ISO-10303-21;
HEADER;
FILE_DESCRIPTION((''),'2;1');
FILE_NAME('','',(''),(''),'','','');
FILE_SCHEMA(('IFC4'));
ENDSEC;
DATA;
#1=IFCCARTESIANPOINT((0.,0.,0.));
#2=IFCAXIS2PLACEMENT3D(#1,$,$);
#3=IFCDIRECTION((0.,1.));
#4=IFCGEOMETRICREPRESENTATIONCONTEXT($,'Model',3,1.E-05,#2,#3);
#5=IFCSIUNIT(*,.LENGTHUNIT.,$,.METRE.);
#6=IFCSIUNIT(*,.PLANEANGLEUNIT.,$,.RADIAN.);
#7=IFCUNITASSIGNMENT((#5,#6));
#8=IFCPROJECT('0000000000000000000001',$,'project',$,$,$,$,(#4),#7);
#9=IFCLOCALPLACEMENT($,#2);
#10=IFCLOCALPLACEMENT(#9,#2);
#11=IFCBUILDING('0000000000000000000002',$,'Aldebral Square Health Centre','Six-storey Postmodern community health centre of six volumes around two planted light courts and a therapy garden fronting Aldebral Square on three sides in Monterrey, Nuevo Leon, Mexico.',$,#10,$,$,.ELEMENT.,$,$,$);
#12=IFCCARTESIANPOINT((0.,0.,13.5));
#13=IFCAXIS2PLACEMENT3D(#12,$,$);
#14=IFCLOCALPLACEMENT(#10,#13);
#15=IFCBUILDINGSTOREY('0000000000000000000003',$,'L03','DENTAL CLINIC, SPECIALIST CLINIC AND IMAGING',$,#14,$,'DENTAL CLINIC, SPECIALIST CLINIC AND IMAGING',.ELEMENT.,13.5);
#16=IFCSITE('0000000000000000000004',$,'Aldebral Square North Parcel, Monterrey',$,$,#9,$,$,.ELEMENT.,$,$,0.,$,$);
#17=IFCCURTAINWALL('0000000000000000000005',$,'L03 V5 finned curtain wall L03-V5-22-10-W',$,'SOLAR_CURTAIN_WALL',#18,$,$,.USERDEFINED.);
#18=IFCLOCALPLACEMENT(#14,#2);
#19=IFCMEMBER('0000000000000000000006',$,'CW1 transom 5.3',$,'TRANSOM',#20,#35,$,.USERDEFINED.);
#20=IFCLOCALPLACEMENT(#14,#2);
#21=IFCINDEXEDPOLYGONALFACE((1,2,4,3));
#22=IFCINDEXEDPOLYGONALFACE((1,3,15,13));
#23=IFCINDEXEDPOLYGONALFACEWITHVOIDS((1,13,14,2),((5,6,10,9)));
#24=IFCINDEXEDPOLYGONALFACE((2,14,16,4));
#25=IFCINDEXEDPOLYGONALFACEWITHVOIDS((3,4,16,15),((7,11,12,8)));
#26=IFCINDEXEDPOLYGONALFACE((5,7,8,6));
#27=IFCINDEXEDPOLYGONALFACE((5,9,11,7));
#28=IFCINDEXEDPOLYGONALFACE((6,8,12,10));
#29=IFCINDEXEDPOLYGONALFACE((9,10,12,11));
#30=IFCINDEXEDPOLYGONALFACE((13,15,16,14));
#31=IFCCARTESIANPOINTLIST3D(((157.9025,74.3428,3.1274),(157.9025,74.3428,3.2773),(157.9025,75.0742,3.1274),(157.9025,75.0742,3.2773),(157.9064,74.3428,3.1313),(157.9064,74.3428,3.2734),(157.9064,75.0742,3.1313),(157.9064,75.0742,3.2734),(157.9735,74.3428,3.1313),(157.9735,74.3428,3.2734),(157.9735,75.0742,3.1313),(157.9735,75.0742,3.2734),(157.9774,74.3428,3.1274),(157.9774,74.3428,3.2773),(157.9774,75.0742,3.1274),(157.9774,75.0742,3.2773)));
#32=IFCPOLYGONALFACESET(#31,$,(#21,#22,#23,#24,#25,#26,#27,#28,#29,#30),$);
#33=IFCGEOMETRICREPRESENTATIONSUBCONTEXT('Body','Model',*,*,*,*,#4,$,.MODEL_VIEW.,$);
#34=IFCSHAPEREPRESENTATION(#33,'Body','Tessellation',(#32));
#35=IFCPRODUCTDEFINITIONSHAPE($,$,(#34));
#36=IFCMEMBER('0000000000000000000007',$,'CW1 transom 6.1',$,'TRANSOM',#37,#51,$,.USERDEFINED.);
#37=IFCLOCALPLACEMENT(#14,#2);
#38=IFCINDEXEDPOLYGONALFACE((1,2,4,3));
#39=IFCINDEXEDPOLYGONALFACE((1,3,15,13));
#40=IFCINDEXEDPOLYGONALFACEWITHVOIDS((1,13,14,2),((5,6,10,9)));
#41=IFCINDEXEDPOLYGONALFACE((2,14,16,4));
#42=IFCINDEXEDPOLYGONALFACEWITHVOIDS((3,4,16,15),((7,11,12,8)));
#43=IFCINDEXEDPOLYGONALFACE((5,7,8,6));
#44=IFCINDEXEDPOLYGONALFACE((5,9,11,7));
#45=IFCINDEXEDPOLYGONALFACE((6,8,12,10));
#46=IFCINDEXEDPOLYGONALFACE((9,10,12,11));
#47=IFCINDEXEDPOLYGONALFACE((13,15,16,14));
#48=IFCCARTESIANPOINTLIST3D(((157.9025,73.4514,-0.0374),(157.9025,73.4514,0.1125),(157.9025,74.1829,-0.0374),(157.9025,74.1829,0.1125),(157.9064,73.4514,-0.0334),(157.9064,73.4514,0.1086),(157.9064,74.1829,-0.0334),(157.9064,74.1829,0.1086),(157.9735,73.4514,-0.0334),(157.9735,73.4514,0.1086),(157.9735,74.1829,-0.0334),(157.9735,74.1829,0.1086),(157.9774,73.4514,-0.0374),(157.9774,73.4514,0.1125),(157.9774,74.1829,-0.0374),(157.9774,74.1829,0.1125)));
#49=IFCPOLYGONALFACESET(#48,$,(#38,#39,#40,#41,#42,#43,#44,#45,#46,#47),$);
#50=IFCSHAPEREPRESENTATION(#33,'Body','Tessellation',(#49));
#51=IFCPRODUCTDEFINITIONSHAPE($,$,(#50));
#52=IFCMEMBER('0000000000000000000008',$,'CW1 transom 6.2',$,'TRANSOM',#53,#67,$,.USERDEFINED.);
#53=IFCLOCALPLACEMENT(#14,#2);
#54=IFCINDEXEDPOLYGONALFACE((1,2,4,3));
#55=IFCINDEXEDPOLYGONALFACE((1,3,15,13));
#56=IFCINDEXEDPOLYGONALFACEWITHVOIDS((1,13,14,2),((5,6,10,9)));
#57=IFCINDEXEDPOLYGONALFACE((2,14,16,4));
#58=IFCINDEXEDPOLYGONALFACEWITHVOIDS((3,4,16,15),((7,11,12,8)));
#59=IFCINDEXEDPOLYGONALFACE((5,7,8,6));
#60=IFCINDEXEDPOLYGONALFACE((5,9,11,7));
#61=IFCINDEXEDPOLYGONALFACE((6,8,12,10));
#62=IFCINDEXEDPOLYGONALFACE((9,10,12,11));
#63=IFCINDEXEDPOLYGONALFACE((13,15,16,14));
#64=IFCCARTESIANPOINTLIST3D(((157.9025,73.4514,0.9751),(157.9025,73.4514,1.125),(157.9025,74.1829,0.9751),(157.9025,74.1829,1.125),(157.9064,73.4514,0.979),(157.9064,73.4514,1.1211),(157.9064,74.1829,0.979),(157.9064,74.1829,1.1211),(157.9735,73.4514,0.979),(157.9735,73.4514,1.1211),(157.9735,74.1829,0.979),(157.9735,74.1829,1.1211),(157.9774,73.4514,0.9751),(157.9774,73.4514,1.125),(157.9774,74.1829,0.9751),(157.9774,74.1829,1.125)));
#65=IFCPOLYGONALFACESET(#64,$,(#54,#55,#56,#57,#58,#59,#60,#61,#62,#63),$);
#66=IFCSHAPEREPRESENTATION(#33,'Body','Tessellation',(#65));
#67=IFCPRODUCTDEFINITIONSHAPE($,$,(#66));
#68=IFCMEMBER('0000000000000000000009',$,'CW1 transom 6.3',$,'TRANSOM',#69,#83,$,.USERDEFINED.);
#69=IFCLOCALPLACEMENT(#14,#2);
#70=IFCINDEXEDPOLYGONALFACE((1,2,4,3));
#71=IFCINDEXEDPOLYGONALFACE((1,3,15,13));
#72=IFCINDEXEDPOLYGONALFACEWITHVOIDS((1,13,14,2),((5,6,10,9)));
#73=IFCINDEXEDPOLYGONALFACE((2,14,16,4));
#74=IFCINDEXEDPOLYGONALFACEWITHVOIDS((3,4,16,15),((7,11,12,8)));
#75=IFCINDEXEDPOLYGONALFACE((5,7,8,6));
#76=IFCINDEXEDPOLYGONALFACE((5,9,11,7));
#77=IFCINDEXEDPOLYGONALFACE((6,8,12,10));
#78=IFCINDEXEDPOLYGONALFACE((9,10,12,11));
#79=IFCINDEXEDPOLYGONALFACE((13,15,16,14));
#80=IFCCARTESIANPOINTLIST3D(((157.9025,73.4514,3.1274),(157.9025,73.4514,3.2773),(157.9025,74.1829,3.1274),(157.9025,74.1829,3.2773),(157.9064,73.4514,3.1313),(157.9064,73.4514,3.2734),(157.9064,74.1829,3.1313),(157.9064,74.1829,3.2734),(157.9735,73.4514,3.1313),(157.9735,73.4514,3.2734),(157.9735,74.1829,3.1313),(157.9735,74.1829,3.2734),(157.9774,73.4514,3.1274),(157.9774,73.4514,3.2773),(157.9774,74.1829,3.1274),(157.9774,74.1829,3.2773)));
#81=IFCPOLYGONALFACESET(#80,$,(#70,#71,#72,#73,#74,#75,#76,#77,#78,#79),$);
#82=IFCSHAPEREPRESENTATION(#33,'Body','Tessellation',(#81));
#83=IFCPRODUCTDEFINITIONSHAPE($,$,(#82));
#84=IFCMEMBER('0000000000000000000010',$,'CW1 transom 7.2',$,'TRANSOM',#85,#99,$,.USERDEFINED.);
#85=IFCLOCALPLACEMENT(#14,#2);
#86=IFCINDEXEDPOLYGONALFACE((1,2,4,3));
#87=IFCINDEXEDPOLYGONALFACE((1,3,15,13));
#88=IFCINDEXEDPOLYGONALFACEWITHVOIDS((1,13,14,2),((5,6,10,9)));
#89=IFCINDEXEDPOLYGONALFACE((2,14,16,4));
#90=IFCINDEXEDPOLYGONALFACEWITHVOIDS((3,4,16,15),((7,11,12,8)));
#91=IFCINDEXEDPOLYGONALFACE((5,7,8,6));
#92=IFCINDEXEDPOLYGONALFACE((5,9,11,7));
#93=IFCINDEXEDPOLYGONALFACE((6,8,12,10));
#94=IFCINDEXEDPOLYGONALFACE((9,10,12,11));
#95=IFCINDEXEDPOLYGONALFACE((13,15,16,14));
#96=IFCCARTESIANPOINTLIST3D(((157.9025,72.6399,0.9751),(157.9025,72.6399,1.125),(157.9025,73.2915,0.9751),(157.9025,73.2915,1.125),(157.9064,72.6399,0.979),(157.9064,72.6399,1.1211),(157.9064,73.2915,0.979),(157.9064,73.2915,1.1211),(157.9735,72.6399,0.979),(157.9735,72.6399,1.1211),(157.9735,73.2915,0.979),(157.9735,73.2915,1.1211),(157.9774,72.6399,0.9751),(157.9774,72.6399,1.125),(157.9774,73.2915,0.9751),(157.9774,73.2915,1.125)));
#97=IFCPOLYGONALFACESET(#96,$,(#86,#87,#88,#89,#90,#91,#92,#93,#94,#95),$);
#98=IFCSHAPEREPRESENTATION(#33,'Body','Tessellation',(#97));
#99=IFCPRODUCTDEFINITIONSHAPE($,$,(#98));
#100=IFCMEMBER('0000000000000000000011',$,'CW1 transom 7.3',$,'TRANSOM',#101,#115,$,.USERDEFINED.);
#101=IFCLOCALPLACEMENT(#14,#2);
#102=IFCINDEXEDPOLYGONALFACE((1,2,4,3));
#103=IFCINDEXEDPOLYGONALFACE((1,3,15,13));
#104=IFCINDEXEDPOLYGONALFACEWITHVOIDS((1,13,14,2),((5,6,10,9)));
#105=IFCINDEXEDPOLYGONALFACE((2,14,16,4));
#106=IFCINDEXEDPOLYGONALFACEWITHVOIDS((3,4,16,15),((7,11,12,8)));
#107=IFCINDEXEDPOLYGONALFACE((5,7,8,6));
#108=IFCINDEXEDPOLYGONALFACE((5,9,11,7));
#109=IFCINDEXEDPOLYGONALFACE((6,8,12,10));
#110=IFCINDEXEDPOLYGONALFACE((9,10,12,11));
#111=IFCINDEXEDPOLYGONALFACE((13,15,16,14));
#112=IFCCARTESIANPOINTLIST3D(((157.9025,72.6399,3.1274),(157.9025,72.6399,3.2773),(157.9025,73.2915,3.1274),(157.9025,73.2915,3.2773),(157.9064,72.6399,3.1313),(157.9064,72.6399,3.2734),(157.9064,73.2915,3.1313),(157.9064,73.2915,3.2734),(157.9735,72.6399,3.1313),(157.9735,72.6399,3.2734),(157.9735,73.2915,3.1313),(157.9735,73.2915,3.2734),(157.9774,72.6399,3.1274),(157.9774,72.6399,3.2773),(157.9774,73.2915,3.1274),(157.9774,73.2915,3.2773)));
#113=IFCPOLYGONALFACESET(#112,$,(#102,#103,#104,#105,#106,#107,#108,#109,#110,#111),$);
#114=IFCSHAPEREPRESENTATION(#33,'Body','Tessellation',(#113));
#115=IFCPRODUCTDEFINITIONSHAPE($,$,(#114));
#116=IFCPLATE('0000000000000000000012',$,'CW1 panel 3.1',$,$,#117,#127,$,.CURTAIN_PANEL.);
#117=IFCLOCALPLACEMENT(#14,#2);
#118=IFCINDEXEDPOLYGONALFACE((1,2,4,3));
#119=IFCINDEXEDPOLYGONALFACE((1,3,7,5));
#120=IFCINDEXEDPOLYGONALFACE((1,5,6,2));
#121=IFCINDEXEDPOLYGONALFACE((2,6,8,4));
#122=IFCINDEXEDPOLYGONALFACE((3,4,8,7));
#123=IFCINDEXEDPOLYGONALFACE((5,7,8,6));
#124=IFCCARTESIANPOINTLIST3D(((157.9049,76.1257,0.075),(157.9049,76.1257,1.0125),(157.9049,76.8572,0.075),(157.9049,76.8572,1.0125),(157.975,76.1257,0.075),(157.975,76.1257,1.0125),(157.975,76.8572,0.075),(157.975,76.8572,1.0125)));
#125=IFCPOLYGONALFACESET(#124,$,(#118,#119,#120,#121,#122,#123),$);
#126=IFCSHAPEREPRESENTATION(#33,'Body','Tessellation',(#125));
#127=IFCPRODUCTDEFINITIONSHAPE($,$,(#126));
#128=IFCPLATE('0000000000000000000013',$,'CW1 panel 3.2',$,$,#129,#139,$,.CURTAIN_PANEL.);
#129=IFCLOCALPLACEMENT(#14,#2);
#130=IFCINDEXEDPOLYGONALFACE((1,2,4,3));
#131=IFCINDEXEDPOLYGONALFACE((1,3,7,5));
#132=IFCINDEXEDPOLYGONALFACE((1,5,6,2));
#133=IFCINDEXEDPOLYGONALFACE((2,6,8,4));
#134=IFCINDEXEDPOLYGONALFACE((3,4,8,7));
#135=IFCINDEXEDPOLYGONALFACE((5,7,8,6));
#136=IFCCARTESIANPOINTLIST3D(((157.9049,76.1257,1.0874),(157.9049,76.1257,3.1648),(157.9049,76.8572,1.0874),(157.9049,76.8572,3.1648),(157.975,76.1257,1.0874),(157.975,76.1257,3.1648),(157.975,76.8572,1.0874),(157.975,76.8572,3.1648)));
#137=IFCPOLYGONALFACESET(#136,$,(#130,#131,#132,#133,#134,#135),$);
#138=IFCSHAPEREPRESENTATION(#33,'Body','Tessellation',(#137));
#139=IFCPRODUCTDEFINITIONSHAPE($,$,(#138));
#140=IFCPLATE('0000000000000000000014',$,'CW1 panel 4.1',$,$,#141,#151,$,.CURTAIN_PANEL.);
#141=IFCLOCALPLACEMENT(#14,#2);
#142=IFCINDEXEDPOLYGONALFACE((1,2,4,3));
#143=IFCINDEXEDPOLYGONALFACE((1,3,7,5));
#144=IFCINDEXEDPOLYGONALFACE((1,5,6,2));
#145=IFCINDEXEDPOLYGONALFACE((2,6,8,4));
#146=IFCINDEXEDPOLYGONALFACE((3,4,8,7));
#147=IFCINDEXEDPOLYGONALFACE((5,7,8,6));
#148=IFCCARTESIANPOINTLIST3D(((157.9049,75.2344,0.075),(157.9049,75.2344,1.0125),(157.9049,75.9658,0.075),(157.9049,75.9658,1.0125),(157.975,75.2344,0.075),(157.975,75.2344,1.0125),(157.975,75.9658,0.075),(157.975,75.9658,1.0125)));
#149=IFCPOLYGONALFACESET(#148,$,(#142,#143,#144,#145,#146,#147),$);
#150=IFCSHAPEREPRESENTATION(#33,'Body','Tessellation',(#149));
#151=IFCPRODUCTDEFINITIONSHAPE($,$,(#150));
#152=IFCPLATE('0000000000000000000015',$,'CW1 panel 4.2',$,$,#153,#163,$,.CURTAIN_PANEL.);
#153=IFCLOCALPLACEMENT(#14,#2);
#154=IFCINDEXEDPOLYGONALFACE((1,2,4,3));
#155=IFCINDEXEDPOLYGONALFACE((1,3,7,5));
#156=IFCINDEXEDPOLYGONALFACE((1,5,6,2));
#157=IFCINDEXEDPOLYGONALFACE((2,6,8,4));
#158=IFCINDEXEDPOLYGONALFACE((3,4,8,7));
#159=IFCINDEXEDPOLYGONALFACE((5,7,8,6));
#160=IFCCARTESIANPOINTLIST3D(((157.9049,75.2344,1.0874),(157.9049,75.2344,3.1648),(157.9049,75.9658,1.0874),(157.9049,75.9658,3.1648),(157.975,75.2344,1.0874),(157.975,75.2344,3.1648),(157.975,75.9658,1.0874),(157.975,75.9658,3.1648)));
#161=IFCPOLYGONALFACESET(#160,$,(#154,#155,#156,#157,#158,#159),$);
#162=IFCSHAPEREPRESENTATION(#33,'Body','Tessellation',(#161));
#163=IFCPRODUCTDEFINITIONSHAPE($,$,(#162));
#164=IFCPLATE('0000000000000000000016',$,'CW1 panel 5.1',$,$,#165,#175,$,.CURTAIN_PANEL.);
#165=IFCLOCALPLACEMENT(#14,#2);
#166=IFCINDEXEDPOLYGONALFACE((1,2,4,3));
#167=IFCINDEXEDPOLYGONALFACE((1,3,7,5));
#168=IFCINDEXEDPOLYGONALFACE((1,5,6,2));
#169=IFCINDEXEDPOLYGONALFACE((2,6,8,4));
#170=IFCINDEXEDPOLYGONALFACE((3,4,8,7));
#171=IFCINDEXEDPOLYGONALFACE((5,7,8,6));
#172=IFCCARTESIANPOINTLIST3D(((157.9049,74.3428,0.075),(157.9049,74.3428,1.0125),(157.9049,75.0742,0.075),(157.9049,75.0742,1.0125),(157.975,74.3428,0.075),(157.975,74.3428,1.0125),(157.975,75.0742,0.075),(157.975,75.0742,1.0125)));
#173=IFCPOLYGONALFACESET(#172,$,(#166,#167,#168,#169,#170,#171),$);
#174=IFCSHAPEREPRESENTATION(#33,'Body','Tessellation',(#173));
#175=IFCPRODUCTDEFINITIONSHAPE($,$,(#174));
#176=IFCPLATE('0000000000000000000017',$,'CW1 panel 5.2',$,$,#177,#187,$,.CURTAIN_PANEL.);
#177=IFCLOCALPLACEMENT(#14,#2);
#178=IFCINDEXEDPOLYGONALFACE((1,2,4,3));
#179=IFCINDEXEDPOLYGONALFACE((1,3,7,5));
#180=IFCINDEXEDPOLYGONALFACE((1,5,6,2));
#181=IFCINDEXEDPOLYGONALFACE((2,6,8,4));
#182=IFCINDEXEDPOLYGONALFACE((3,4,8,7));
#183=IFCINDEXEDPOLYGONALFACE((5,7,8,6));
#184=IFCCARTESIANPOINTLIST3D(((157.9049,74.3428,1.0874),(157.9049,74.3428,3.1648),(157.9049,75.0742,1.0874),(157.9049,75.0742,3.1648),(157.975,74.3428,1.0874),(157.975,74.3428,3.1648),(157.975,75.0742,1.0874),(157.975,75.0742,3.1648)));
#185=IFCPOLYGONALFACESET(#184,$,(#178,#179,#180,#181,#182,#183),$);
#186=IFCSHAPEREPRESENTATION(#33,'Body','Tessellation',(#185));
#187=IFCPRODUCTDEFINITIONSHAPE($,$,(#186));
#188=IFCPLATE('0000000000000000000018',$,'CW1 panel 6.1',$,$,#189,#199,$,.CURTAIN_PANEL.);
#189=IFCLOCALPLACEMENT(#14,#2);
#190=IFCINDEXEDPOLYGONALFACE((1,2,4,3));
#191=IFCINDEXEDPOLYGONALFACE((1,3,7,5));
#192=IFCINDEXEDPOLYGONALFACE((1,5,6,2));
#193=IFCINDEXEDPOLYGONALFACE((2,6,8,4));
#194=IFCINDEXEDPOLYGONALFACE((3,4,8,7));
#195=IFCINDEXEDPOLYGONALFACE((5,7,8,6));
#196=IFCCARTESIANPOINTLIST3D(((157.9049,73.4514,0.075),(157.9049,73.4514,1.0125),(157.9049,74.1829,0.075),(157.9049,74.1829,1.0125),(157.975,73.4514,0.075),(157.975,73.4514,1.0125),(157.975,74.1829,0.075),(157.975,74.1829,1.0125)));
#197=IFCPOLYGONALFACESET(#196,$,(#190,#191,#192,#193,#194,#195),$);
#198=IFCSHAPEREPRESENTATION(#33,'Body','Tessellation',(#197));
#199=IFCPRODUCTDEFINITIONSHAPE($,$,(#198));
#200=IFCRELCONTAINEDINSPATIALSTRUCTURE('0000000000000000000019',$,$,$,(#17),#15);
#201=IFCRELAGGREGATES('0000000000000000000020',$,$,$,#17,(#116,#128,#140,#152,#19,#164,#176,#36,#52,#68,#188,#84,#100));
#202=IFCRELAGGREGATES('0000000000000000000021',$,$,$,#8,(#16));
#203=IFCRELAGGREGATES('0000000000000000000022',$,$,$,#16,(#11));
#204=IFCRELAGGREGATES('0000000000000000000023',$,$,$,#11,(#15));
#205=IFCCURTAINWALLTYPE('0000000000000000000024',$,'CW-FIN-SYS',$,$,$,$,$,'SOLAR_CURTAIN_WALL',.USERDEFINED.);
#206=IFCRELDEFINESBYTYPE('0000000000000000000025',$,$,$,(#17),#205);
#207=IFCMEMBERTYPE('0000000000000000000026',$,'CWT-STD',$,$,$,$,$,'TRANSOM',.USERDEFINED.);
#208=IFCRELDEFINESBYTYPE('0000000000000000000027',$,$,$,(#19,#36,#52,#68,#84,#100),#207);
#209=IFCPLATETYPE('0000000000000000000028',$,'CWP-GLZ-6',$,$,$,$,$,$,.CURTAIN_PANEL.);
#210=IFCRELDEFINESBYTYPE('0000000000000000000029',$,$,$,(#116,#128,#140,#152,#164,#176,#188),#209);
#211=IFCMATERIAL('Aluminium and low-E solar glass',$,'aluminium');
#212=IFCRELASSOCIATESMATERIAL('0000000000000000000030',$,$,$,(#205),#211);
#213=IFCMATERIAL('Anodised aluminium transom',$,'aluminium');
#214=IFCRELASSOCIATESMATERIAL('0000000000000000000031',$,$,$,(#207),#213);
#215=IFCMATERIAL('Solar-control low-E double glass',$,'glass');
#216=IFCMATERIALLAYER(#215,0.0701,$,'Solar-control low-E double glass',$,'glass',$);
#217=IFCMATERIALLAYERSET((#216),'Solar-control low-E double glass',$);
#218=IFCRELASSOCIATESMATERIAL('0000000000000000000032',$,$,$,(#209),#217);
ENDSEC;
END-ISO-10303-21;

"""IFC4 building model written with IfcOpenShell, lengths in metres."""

from ifc_helpers import new_model, si_unit, direction, frame, origin, origin_2d, place, context, subcontext, project, spatial, rectangle, hollow_rectangle, extrude, material, layer, layer_set, material_profile, profile_set, type_object, element, aggregate, save


model = new_model("IFC4")

# Units and contexts
model_context = context("Model", 3, precision=1e-05, world=origin(), true_north=direction((0.0, 1.0)))
body_context = subcontext(model_context, "Body", "Model", "MODEL_VIEW")
ifc_project = project(units=[si_unit("LENGTHUNIT", "METRE"), si_unit("PLANEANGLEUNIT", "RADIAN")], contexts=[model_context])

# Site, building, storey
site_placement = place(None, origin())
site = spatial("IfcSite", under=ifc_project, at=site_placement, Name="Aldebral Square North Parcel, Monterrey", CompositionType="ELEMENT", RefElevation=0.0)
building_placement = place(site_placement, origin())
building = spatial("IfcBuilding", under=site, at=building_placement, Name="Aldebral Square Health Centre", Description="Six-storey Postmodern community health centre of six volumes around two planted light courts and a therapy garden fronting Aldebral Square on three sides in Monterrey, Nuevo Leon, Mexico.", CompositionType="ELEMENT")
storey_placement = place(building_placement, frame((0.0, 0.0, 13.5)))
storey = spatial("IfcBuildingStorey", under=building, at=storey_placement, Name="L03", Description="DENTAL CLINIC, SPECIALIST CLINIC AND IMAGING", LongName="DENTAL CLINIC, SPECIALIST CLINIC AND IMAGING", CompositionType="ELEMENT", Elevation=13.5)

# Curtain wall, members, plates
ifc_material_1 = material(Name="Aluminium and low-E solar glass", Category="aluminium")
curtain_wall_type = type_object("IfcCurtainWallType", Name="CW-FIN-SYS", ElementType="SOLAR_CURTAIN_WALL", PredefinedType="USERDEFINED", material=ifc_material_1)
curtain_wall_placement = place(storey_placement, origin())
curtain_wall = element("IfcCurtainWall", 1, at=curtain_wall_placement, inside=storey, type_object=curtain_wall_type, Name="L03 V5 finned curtain wall L03-V5-22-10-W", ObjectType="SOLAR_CURTAIN_WALL", PredefinedType="USERDEFINED")
ifc_material_2 = material(Name="Anodised aluminium transom", Category="aluminium")
ifc_material_profile_1 = material_profile(ifc_material_2, hollow_rectangle(XDim=0.075, YDim=0.1499, WallThickness=0.0039, at=origin_2d()), Name="CWT 75x150x4")
ifc_profile_set_1 = profile_set([ifc_material_profile_1], Name="Anodised aluminium transom")
member_type_1 = type_object("IfcMemberType", Name="CWT-STD", ElementType="TRANSOM", PredefinedType="USERDEFINED", material=ifc_profile_set_1)
member_1_placement = place(storey_placement, frame((157.9399, 75.0742, 3.2024), z_axis=(0.0, -1.0, 0.0), x_axis=(1.0, 0.0, 0.0)))
member_1 = element("IfcMember", 2, at=member_1_placement, type_object=member_type_1, Name="CW1 transom 5.3", ObjectType="TRANSOM", PredefinedType="USERDEFINED", context=body_context, shape_type="SweptSolid", body=[
    extrude(hollow_rectangle(XDim=0.075, YDim=0.1499, WallThickness=0.0039, at=origin_2d()), origin(), (0.0, 0.0, 1.0), 0.7314),
])
member_2_placement = place(storey_placement, frame((157.9399, 74.1829, 0.0376), z_axis=(0.0, -1.0, 0.0), x_axis=(1.0, 0.0, 0.0)))
member_2 = element("IfcMember", 3, at=member_2_placement, type_object=member_type_1, Name="CW1 transom 6.1", ObjectType="TRANSOM", PredefinedType="USERDEFINED", context=body_context, shape_type="SweptSolid", body=[
    extrude(hollow_rectangle(XDim=0.075, YDim=0.1499, WallThickness=0.0039, at=origin_2d()), origin(), (0.0, 0.0, 1.0), 0.7314),
])
member_3_placement = place(storey_placement, frame((157.9399, 74.1829, 1.05), z_axis=(0.0, -1.0, 0.0), x_axis=(1.0, 0.0, 0.0)))
member_3 = element("IfcMember", 4, at=member_3_placement, type_object=member_type_1, Name="CW1 transom 6.2", ObjectType="TRANSOM", PredefinedType="USERDEFINED", context=body_context, shape_type="SweptSolid", body=[
    extrude(hollow_rectangle(XDim=0.075, YDim=0.1499, WallThickness=0.0039, at=origin_2d()), origin(), (0.0, 0.0, 1.0), 0.7314),
])
member_4_placement = place(storey_placement, frame((157.9399, 74.1829, 3.2024), z_axis=(0.0, -1.0, 0.0), x_axis=(1.0, 0.0, 0.0)))
member_4 = element("IfcMember", 5, at=member_4_placement, type_object=member_type_1, Name="CW1 transom 6.3", ObjectType="TRANSOM", PredefinedType="USERDEFINED", context=body_context, shape_type="SweptSolid", body=[
    extrude(hollow_rectangle(XDim=0.075, YDim=0.1499, WallThickness=0.0039, at=origin_2d()), origin(), (0.0, 0.0, 1.0), 0.7314),
])
member_5_placement = place(storey_placement, frame((157.9399, 73.2915, 1.05), z_axis=(0.0, -1.0, 0.0), x_axis=(1.0, 0.0, 0.0)))
member_5 = element("IfcMember", 6, at=member_5_placement, type_object=member_type_1, Name="CW1 transom 7.2", ObjectType="TRANSOM", PredefinedType="USERDEFINED", context=body_context, shape_type="SweptSolid", body=[
    extrude(hollow_rectangle(XDim=0.075, YDim=0.1499, WallThickness=0.0039, at=origin_2d()), origin(), (0.0, 0.0, 1.0), 0.6516),
])
member_6_placement = place(storey_placement, frame((157.9399, 73.2915, 3.2024), z_axis=(0.0, -1.0, 0.0), x_axis=(1.0, 0.0, 0.0)))
member_6 = element("IfcMember", 7, at=member_6_placement, type_object=member_type_1, Name="CW1 transom 7.3", ObjectType="TRANSOM", PredefinedType="USERDEFINED", context=body_context, shape_type="SweptSolid", body=[
    extrude(hollow_rectangle(XDim=0.075, YDim=0.1499, WallThickness=0.0039, at=origin_2d()), origin(), (0.0, 0.0, 1.0), 0.6516),
])
ifc_material_3 = material(Name="Solar-control low-E double glass", Category="glass")
ifc_layer = layer(ifc_material_3, 0.0701, Name="Solar-control low-E double glass", Category="glass")
ifc_layer_set = layer_set([ifc_layer], Name="Solar-control low-E double glass")
plate_type = type_object("IfcPlateType", Name="CWP-GLZ-6", PredefinedType="CURTAIN_PANEL", material=ifc_layer_set)
plate_1_placement = place(storey_placement, frame((157.9399, 76.4915, 0.075), z_axis=(0.0, 0.0, 1.0), x_axis=(0.0, -1.0, 0.0)))
plate_1 = element("IfcPlate", 8, at=plate_1_placement, type_object=plate_type, Name="CW1 panel 3.1", PredefinedType="CURTAIN_PANEL", context=body_context, shape_type="SweptSolid", body=[
    extrude(rectangle(XDim=0.7314, YDim=0.0701, at=origin_2d()), origin(), (0.0, 0.0, 1.0), 0.9375),
])
plate_2_placement = place(storey_placement, frame((157.9399, 76.4915, 1.0874), z_axis=(0.0, 0.0, 1.0), x_axis=(0.0, -1.0, 0.0)))
plate_2 = element("IfcPlate", 9, at=plate_2_placement, type_object=plate_type, Name="CW1 panel 3.2", PredefinedType="CURTAIN_PANEL", context=body_context, shape_type="SweptSolid", body=[
    extrude(rectangle(XDim=0.7314, YDim=0.0701, at=origin_2d()), origin(), (0.0, 0.0, 1.0), 2.0774),
])
plate_3_placement = place(storey_placement, frame((157.9399, 75.6001, 0.075), z_axis=(0.0, 0.0, 1.0), x_axis=(0.0, -1.0, 0.0)))
plate_3 = element("IfcPlate", 10, at=plate_3_placement, type_object=plate_type, Name="CW1 panel 4.1", PredefinedType="CURTAIN_PANEL", context=body_context, shape_type="SweptSolid", body=[
    extrude(rectangle(XDim=0.7314, YDim=0.0701, at=origin_2d()), origin(), (0.0, 0.0, 1.0), 0.9375),
])
plate_4_placement = place(storey_placement, frame((157.9399, 75.6001, 1.0874), z_axis=(0.0, 0.0, 1.0), x_axis=(0.0, -1.0, 0.0)))
plate_4 = element("IfcPlate", 11, at=plate_4_placement, type_object=plate_type, Name="CW1 panel 4.2", PredefinedType="CURTAIN_PANEL", context=body_context, shape_type="SweptSolid", body=[
    extrude(rectangle(XDim=0.7314, YDim=0.0701, at=origin_2d()), origin(), (0.0, 0.0, 1.0), 2.0774),
])
plate_5_placement = place(storey_placement, frame((157.9399, 74.7085, 0.075), z_axis=(0.0, 0.0, 1.0), x_axis=(0.0, -1.0, 0.0)))
plate_5 = element("IfcPlate", 12, at=plate_5_placement, type_object=plate_type, Name="CW1 panel 5.1", PredefinedType="CURTAIN_PANEL", context=body_context, shape_type="SweptSolid", body=[
    extrude(rectangle(XDim=0.7314, YDim=0.0701, at=origin_2d()), origin(), (0.0, 0.0, 1.0), 0.9375),
])
plate_6_placement = place(storey_placement, frame((157.9399, 74.7085, 1.0874), z_axis=(0.0, 0.0, 1.0), x_axis=(0.0, -1.0, 0.0)))
plate_6 = element("IfcPlate", 13, at=plate_6_placement, type_object=plate_type, Name="CW1 panel 5.2", PredefinedType="CURTAIN_PANEL", context=body_context, shape_type="SweptSolid", body=[
    extrude(rectangle(XDim=0.7314, YDim=0.0701, at=origin_2d()), origin(), (0.0, 0.0, 1.0), 2.0774),
])
plate_7_placement = place(storey_placement, frame((157.9399, 73.8171, 0.075), z_axis=(0.0, 0.0, 1.0), x_axis=(0.0, -1.0, 0.0)))
plate_7 = element("IfcPlate", 14, at=plate_7_placement, type_object=plate_type, Name="CW1 panel 6.1", PredefinedType="CURTAIN_PANEL", context=body_context, shape_type="SweptSolid", body=[
    extrude(rectangle(XDim=0.7314, YDim=0.0701, at=origin_2d()), origin(), (0.0, 0.0, 1.0), 0.9375),
])
aggregate(curtain_wall, [plate_1, plate_2, plate_3, plate_4, member_1, plate_5, plate_6, member_2, member_3, member_4, plate_7, member_5, member_6])

save(model, "model.ifc")
